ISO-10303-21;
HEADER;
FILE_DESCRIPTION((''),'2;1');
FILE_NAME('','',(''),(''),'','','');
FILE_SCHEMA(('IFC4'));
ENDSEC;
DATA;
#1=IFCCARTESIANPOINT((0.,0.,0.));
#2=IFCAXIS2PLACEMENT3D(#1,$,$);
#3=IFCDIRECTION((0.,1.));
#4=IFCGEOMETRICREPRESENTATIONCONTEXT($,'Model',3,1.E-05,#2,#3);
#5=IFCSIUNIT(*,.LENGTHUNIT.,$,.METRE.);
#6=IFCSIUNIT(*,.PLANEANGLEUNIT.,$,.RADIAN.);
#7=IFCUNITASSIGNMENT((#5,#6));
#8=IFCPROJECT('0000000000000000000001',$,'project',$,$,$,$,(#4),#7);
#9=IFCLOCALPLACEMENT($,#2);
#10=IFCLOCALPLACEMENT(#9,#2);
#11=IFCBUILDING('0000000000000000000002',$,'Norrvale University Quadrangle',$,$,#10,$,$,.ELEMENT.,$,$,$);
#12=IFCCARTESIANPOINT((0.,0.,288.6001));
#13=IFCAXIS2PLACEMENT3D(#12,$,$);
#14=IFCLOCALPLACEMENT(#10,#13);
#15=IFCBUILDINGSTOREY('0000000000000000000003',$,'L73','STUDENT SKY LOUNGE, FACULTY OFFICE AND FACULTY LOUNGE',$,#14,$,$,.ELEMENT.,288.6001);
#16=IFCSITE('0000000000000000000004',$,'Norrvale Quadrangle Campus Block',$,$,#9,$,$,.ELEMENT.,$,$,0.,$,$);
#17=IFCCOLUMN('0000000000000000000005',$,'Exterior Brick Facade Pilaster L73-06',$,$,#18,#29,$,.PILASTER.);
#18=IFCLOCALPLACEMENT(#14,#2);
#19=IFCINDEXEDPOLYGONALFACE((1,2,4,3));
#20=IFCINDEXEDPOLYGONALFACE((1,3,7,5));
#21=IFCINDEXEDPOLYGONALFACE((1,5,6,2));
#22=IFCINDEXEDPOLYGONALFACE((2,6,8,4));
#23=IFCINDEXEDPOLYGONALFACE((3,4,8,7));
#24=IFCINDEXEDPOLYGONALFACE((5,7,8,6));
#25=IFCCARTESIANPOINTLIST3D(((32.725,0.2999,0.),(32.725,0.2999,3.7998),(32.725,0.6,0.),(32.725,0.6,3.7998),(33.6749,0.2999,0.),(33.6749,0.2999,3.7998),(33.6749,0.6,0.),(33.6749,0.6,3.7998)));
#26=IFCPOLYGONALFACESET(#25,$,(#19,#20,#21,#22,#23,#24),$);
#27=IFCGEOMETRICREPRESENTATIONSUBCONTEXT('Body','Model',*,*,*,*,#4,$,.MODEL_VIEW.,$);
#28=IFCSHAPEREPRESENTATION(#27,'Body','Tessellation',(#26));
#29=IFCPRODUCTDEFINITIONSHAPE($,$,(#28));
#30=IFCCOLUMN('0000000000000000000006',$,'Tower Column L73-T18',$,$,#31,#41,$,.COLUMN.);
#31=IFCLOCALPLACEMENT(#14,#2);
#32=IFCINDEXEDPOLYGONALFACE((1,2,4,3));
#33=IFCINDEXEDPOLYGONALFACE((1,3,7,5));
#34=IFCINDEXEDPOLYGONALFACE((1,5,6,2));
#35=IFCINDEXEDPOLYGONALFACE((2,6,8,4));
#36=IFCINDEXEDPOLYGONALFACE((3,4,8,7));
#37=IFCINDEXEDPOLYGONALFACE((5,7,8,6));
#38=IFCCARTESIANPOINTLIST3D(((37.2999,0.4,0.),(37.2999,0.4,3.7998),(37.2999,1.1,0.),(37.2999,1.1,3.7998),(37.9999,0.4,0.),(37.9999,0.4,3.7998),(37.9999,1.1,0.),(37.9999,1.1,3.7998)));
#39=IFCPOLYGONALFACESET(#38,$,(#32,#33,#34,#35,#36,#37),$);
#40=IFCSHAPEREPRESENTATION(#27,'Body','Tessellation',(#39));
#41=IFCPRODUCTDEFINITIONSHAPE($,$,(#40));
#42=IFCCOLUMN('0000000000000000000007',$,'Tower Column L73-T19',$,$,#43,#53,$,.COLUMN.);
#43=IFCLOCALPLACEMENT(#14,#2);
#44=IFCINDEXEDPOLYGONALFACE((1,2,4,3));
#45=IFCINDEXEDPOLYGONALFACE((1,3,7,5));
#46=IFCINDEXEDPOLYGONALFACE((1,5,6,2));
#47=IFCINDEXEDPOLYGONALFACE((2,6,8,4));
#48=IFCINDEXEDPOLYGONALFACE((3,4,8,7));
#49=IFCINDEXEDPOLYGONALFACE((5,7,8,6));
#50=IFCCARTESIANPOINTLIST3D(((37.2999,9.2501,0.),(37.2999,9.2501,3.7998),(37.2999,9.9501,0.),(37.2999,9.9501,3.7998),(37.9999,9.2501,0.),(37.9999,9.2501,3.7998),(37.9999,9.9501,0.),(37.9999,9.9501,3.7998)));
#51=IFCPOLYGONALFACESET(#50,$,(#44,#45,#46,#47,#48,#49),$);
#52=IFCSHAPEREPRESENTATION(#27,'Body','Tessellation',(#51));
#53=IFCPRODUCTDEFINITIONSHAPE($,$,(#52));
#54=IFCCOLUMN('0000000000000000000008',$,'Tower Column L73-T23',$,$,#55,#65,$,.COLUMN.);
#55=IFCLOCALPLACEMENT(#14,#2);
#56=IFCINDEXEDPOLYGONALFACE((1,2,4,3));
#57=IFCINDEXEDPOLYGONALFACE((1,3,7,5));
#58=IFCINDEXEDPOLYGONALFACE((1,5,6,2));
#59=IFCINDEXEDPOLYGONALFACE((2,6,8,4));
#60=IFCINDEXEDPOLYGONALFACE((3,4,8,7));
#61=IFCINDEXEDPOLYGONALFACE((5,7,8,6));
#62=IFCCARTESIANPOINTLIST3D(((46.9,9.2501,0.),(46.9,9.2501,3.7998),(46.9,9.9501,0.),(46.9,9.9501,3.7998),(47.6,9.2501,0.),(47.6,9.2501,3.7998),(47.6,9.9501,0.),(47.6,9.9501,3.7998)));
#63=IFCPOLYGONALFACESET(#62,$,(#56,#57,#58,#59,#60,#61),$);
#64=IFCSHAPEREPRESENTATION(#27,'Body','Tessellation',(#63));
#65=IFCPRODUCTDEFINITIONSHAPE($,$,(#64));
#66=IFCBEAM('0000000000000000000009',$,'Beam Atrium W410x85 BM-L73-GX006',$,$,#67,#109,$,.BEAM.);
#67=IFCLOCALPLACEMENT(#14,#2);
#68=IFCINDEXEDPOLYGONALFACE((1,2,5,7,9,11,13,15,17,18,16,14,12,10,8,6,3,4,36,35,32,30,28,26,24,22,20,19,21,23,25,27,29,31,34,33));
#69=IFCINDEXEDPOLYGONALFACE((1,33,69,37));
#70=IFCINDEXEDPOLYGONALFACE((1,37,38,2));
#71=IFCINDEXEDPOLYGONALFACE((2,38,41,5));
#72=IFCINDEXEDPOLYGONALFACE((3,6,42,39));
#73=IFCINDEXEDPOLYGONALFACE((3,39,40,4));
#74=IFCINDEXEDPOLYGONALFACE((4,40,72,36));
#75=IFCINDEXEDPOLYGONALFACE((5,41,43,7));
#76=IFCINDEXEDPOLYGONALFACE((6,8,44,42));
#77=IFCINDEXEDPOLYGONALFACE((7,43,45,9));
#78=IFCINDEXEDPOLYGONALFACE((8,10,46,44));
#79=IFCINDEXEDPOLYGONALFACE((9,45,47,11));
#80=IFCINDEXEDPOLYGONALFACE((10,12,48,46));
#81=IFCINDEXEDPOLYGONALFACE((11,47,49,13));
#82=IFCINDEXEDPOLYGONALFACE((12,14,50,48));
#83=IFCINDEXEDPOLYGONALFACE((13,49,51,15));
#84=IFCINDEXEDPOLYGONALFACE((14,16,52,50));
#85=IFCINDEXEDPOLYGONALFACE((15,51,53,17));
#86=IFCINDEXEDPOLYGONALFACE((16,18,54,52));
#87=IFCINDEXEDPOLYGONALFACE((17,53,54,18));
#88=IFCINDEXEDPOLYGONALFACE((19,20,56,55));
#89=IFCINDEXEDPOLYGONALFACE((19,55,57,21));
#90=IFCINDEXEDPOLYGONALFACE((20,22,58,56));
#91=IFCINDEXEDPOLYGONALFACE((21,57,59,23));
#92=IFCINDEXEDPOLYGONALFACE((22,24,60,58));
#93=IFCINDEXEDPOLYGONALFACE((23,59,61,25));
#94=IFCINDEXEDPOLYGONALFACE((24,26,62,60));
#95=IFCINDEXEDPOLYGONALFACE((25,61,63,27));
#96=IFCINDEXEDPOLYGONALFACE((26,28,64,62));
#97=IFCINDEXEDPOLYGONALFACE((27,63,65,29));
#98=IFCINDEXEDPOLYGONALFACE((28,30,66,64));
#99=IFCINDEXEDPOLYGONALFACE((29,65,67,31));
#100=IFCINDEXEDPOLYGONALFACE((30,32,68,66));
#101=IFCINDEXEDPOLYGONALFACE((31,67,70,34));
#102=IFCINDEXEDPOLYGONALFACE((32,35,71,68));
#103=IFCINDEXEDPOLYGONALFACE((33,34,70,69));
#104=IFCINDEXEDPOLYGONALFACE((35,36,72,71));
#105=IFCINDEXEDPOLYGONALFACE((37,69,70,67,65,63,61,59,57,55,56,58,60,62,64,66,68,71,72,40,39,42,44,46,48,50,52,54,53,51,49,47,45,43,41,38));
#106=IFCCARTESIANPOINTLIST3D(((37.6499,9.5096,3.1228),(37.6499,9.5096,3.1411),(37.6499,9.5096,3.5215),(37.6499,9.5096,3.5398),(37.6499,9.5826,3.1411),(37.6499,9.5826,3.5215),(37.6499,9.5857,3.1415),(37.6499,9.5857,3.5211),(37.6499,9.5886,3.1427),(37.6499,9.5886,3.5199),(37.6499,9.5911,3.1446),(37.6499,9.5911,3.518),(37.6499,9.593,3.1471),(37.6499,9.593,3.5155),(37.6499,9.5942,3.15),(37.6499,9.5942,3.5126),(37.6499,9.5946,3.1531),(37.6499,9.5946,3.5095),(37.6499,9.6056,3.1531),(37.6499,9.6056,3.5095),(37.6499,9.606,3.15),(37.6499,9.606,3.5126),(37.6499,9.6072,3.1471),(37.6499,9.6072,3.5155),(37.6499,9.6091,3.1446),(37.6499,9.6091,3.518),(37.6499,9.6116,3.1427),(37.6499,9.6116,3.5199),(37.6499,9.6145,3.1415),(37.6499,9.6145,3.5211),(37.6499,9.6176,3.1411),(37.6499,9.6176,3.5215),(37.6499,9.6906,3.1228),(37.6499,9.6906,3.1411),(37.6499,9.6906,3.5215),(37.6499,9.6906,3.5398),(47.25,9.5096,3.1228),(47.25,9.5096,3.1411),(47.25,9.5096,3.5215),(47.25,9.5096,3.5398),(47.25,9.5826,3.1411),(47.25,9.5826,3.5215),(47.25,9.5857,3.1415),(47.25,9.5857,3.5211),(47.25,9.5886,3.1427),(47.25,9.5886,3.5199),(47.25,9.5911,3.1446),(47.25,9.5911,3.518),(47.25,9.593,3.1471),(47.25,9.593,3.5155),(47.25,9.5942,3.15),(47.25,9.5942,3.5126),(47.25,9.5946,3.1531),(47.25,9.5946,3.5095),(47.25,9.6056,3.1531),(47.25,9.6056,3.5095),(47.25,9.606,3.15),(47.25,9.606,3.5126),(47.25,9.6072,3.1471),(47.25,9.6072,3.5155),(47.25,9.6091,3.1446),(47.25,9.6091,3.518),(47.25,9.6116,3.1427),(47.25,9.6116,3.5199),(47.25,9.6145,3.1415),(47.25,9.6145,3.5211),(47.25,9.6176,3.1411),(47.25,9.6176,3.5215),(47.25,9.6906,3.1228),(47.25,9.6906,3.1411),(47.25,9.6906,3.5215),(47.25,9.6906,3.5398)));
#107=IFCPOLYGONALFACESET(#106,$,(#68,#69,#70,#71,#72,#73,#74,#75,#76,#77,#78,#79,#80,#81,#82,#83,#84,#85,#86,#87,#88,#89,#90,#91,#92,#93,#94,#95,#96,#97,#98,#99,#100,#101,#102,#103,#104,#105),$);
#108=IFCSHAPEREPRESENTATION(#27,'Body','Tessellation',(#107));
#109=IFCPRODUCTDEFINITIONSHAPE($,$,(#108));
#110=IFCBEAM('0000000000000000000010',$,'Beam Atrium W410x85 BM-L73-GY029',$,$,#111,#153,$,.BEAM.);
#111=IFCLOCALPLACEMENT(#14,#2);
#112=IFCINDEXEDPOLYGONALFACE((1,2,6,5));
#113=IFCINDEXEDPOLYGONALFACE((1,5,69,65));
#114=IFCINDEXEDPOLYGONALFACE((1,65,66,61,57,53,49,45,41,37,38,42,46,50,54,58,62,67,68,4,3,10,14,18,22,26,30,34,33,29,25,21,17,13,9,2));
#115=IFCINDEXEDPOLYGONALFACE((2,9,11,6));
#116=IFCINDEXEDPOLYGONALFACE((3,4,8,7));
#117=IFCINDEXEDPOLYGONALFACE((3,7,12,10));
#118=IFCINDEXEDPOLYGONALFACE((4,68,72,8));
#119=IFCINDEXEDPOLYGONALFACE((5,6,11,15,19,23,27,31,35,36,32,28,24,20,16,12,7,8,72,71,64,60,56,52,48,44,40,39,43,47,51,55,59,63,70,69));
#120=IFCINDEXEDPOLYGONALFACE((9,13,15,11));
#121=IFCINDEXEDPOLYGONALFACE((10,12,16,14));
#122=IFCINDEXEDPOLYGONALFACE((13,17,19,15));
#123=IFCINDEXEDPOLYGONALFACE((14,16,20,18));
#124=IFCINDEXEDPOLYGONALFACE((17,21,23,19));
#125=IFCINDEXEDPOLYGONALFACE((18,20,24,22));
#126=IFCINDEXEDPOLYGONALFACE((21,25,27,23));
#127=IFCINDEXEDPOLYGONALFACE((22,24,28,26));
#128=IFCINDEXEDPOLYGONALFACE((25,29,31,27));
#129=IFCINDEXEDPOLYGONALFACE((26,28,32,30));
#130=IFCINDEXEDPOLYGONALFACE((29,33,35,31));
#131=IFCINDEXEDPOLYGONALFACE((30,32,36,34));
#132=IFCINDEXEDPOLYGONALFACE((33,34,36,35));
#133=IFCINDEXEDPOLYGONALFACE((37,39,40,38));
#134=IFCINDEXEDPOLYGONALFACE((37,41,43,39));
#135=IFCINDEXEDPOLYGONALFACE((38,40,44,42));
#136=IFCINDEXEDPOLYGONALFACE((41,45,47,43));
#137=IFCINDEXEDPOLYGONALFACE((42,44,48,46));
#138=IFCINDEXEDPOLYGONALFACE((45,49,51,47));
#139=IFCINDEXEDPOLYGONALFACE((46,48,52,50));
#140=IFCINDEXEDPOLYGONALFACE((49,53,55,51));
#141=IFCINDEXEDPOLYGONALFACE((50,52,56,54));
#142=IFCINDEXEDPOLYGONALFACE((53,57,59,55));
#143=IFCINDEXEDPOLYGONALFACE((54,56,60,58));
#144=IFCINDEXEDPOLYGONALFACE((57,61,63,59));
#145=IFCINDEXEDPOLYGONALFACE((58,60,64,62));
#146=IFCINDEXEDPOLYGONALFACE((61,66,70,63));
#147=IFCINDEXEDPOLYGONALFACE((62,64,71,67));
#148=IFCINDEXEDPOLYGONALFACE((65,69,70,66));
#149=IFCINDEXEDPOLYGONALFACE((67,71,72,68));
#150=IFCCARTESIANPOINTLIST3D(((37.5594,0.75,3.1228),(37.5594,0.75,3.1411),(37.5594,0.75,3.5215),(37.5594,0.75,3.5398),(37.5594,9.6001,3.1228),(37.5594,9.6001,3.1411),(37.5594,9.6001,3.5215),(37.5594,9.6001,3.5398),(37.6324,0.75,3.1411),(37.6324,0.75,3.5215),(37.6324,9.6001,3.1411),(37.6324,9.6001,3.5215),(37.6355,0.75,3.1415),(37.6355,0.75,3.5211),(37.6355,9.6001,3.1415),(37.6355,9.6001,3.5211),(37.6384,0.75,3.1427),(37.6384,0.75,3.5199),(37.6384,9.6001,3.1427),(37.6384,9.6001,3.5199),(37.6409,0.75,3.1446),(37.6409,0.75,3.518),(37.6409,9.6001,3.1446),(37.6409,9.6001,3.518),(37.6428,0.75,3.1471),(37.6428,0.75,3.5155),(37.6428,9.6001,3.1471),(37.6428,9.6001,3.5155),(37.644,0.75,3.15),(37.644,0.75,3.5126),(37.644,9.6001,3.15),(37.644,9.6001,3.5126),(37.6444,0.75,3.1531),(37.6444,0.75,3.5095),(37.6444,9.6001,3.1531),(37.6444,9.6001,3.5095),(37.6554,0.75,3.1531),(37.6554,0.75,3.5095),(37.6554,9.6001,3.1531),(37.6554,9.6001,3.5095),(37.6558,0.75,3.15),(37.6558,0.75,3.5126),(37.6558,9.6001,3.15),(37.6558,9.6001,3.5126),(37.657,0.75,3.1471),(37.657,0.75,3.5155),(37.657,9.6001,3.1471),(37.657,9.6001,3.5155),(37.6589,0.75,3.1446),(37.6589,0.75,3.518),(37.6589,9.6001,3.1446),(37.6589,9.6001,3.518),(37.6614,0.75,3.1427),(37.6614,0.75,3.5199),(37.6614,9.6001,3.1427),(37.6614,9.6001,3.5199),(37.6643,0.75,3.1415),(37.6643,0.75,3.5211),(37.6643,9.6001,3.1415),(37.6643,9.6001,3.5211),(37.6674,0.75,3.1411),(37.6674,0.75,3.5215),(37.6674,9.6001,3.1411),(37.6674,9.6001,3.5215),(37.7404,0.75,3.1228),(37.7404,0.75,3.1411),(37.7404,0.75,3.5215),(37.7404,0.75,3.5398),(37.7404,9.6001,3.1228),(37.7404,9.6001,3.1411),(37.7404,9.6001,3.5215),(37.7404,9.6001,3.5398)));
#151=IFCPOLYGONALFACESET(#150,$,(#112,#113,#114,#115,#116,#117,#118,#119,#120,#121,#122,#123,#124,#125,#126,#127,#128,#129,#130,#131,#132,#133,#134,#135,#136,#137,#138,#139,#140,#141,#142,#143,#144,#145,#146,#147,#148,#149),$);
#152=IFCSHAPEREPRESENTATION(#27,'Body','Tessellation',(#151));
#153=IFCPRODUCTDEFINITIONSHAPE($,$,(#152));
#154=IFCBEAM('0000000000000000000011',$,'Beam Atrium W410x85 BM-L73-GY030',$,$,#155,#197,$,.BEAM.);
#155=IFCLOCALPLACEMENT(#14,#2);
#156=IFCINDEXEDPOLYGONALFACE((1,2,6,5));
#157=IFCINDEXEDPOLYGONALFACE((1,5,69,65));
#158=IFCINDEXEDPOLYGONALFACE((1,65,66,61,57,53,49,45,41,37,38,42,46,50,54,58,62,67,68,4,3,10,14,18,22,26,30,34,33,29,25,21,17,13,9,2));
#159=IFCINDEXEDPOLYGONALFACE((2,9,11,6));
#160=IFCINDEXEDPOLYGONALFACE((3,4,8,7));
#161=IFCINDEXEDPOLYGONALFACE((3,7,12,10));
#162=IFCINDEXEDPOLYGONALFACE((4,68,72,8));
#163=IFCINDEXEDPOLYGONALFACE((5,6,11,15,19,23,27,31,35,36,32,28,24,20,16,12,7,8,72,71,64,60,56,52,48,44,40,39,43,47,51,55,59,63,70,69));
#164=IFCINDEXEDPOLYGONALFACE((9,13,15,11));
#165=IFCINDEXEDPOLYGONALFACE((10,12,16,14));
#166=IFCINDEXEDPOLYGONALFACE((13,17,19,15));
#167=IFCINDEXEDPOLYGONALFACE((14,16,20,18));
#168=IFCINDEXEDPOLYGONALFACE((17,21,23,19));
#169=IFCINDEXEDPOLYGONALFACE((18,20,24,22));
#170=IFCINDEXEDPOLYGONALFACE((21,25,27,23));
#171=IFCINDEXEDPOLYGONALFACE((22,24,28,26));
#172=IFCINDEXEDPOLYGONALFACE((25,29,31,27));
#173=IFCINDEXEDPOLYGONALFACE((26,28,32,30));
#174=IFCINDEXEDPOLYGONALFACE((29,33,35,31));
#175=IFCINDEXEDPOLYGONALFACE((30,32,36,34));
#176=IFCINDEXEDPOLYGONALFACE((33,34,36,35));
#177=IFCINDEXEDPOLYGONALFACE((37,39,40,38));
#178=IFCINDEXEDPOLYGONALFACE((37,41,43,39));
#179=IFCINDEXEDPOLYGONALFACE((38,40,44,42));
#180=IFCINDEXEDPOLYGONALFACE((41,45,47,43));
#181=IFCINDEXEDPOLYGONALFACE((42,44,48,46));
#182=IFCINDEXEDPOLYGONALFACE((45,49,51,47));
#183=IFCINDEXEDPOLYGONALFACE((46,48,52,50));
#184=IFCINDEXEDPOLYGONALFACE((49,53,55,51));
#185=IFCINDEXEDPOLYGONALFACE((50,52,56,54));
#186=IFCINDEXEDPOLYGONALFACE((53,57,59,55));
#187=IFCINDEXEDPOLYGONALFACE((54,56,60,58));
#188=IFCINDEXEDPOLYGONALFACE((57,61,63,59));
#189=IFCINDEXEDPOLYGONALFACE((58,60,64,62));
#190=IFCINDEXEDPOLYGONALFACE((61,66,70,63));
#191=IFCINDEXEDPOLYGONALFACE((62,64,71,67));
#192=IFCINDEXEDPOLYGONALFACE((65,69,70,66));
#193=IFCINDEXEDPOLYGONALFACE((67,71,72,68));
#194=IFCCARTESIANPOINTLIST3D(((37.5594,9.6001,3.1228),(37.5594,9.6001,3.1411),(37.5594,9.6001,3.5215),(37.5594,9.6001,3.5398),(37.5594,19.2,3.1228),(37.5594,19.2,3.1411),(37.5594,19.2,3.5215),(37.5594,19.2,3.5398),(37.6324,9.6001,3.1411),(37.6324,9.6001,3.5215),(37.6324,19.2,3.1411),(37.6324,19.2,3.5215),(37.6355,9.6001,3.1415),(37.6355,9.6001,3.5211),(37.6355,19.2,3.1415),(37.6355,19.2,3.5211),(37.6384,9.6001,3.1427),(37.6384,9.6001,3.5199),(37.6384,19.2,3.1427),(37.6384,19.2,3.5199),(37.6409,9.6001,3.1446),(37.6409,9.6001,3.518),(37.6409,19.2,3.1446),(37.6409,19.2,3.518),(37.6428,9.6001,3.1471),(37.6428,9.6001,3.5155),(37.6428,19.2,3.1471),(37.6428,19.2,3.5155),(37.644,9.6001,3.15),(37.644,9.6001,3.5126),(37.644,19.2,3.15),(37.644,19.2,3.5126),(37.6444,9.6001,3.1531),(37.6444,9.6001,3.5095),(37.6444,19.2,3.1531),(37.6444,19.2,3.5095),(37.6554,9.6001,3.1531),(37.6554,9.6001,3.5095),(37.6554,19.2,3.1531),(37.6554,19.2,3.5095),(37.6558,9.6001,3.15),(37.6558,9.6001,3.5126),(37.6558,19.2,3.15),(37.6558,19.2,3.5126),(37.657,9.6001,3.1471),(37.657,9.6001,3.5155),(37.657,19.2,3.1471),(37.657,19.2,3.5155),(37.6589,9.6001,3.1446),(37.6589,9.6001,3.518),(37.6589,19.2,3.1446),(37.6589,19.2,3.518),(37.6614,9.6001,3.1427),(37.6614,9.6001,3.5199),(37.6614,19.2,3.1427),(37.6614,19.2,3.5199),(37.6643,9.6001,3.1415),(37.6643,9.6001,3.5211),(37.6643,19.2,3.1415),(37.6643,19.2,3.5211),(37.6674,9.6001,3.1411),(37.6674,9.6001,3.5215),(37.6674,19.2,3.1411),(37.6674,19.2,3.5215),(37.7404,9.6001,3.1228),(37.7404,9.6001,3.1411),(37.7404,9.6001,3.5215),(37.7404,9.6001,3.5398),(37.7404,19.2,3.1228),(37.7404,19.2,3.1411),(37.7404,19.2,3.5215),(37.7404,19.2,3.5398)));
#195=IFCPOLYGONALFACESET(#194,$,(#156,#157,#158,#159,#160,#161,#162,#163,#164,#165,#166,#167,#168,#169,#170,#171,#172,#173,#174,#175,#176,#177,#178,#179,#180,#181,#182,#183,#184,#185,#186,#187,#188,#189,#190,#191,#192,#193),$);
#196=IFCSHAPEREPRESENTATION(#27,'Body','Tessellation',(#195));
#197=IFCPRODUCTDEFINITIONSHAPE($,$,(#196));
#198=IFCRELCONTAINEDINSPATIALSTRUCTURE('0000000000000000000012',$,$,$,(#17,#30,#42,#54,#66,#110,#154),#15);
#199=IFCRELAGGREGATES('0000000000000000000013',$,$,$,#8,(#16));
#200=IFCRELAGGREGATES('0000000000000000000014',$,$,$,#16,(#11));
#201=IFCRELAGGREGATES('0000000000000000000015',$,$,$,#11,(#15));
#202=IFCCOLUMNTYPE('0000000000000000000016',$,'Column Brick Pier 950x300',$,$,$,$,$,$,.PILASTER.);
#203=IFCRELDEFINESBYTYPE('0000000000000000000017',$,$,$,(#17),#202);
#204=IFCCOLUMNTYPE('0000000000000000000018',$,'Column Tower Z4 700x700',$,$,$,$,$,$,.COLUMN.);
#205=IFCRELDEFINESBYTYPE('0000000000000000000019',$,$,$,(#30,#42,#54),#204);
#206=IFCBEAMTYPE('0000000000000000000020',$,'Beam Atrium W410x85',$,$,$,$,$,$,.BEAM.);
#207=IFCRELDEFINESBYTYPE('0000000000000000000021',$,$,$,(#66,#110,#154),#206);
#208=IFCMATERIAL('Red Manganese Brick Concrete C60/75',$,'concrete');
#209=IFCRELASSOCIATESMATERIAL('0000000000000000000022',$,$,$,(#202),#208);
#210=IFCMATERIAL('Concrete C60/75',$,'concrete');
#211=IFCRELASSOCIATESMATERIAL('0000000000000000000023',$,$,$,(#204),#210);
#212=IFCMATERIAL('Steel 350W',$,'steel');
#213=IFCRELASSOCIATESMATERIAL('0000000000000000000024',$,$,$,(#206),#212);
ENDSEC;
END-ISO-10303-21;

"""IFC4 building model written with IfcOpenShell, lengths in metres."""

from ifc_helpers import new_model, si_unit, direction, frame, origin, origin_2d, place, context, subcontext, project, spatial, rectangle, i_section, extrude, material, material_profile, profile_set, type_object, element, save


model = new_model("IFC4")

# Units and contexts
model_context = context("Model", 3, precision=1e-05, world=origin(), true_north=direction((0.0, 1.0)))
body_context = subcontext(model_context, "Body", "Model", "MODEL_VIEW")
ifc_project = project(units=[si_unit("LENGTHUNIT", "METRE"), si_unit("PLANEANGLEUNIT", "RADIAN")], contexts=[model_context])

# Site, building, storey
site_placement = place(None, origin())
site = spatial("IfcSite", under=ifc_project, at=site_placement, Name="Norrvale Quadrangle Campus Block", CompositionType="ELEMENT", RefElevation=0.0)
building_placement = place(site_placement, origin())
building = spatial("IfcBuilding", under=site, at=building_placement, Name="Norrvale University Quadrangle", CompositionType="ELEMENT")
storey_placement = place(building_placement, frame((0.0, 0.0, 288.6001)))
storey = spatial("IfcBuildingStorey", under=building, at=storey_placement, Name="L73", Description="STUDENT SKY LOUNGE, FACULTY OFFICE AND FACULTY LOUNGE", CompositionType="ELEMENT", Elevation=288.6001)

# Columns
ifc_material_1 = material(Name="Red Manganese Brick Concrete C60/75", Category="concrete")
ifc_material_profile_1 = material_profile(ifc_material_1, rectangle(XDim=0.95, YDim=0.3, at=origin_2d()), Name="Red Manganese Brick Concrete C60/75")
ifc_profile_set_1 = profile_set([ifc_material_profile_1], Name="Red Manganese Brick Concrete C60/75")
column_type_1 = type_object("IfcColumnType", Name="Column Brick Pier 950x300", PredefinedType="PILASTER", material=ifc_profile_set_1)
column_placement = place(storey_placement, frame((33.2, 0.45, 0.0), z_axis=(0.0, 0.0, 1.0), x_axis=(1.0, 0.0, 0.0)))
element("IfcColumn", 1, at=column_placement, inside=storey, type_object=column_type_1, Name="Exterior Brick Facade Pilaster L73-06", PredefinedType="PILASTER", context=body_context, shape_type="SweptSolid", body=[
    extrude(rectangle(XDim=0.95, YDim=0.3, at=origin_2d()), origin(), (0.0, 0.0, 1.0), 3.7998),
])
ifc_material_2 = material(Name="Concrete C60/75", Category="concrete")
ifc_material_profile_2 = material_profile(ifc_material_2, rectangle(XDim=0.7, YDim=0.7, at=origin_2d()), Name="Concrete C60/75")
ifc_profile_set_2 = profile_set([ifc_material_profile_2], Name="Concrete C60/75")
column_type_2 = type_object("IfcColumnType", Name="Column Tower Z4 700x700", PredefinedType="COLUMN", material=ifc_profile_set_2)
for number, where, z_axis, x_axis, name in (
    (2, (37.6499, 0.75, 0.0), (0.0, 0.0, 1.0), (1.0, 0.0, 0.0), "Tower Column L73-T18"),
    (3, (37.6499, 9.6001, 0.0), (0.0, 0.0, 1.0), (1.0, 0.0, 0.0), "Tower Column L73-T19"),
    (4, (47.25, 9.6001, 0.0), (0.0, 0.0, 1.0), (1.0, 0.0, 0.0), "Tower Column L73-T23"),
):
    element("IfcColumn", number, at=place(storey_placement, frame(where, z_axis=z_axis, x_axis=x_axis)), inside=storey, type_object=column_type_2, Name=name, PredefinedType="COLUMN", context=body_context, shape_type="SweptSolid", body=[
        extrude(rectangle(XDim=0.7, YDim=0.7, at=origin_2d()), origin(), (0.0, 0.0, 1.0), 3.7998),
    ])

# Beams
ifc_material_3 = material(Name="Steel 350W", Category="steel")
ifc_material_profile_3 = material_profile(ifc_material_3, i_section(OverallWidth=0.1809, OverallDepth=0.417, WebThickness=0.011, FlangeThickness=0.0183, FilletRadius=0.012, at=origin_2d()), Name="Steel 350W")
ifc_profile_set_3 = profile_set([ifc_material_profile_3], Name="Steel 350W")
beam_type_1 = type_object("IfcBeamType", Name="Beam Atrium W410x85", PredefinedType="BEAM", material=ifc_profile_set_3)
beam_1_placement = place(storey_placement, frame((37.6499, 9.6001, 3.3313), z_axis=(1.0, 0.0, 0.0), x_axis=(0.0, 1.0, 0.0)))
element("IfcBeam", 5, at=beam_1_placement, inside=storey, type_object=beam_type_1, Name="Beam Atrium W410x85 BM-L73-GX006", PredefinedType="BEAM", context=body_context, shape_type="SweptSolid", body=[
    extrude(i_section(OverallWidth=0.1809, OverallDepth=0.417, WebThickness=0.011, FlangeThickness=0.0183, FilletRadius=0.012, at=origin_2d()), origin(), (0.0, 0.0, 1.0), 9.6001),
])
beam_2_placement = place(storey_placement, frame((37.6499, 0.75, 3.3313), z_axis=(0.0, 1.0, 0.0), x_axis=(-1.0, 0.0, 0.0)))
element("IfcBeam", 6, at=beam_2_placement, inside=storey, type_object=beam_type_1, Name="Beam Atrium W410x85 BM-L73-GY029", PredefinedType="BEAM", context=body_context, shape_type="SweptSolid", body=[
    extrude(i_section(OverallWidth=0.1809, OverallDepth=0.417, WebThickness=0.011, FlangeThickness=0.0183, FilletRadius=0.012, at=origin_2d()), origin(), (0.0, 0.0, 1.0), 8.8501),
])
for number, where, z_axis, x_axis, name in (
    (7, (37.6499, 9.6001, 3.3313), (0.0, 1.0, 0.0), (-1.0, 0.0, 0.0), "Beam Atrium W410x85 BM-L73-GY030"),
):
    element("IfcBeam", number, at=place(storey_placement, frame(where, z_axis=z_axis, x_axis=x_axis)), inside=storey, type_object=beam_type_1, Name=name, PredefinedType="BEAM", context=body_context, shape_type="SweptSolid", body=[
        extrude(i_section(OverallWidth=0.1809, OverallDepth=0.417, WebThickness=0.011, FlangeThickness=0.0183, FilletRadius=0.012, at=origin_2d()), origin(), (0.0, 0.0, 1.0), 9.5999),
    ])

save(model, "model.ifc")
